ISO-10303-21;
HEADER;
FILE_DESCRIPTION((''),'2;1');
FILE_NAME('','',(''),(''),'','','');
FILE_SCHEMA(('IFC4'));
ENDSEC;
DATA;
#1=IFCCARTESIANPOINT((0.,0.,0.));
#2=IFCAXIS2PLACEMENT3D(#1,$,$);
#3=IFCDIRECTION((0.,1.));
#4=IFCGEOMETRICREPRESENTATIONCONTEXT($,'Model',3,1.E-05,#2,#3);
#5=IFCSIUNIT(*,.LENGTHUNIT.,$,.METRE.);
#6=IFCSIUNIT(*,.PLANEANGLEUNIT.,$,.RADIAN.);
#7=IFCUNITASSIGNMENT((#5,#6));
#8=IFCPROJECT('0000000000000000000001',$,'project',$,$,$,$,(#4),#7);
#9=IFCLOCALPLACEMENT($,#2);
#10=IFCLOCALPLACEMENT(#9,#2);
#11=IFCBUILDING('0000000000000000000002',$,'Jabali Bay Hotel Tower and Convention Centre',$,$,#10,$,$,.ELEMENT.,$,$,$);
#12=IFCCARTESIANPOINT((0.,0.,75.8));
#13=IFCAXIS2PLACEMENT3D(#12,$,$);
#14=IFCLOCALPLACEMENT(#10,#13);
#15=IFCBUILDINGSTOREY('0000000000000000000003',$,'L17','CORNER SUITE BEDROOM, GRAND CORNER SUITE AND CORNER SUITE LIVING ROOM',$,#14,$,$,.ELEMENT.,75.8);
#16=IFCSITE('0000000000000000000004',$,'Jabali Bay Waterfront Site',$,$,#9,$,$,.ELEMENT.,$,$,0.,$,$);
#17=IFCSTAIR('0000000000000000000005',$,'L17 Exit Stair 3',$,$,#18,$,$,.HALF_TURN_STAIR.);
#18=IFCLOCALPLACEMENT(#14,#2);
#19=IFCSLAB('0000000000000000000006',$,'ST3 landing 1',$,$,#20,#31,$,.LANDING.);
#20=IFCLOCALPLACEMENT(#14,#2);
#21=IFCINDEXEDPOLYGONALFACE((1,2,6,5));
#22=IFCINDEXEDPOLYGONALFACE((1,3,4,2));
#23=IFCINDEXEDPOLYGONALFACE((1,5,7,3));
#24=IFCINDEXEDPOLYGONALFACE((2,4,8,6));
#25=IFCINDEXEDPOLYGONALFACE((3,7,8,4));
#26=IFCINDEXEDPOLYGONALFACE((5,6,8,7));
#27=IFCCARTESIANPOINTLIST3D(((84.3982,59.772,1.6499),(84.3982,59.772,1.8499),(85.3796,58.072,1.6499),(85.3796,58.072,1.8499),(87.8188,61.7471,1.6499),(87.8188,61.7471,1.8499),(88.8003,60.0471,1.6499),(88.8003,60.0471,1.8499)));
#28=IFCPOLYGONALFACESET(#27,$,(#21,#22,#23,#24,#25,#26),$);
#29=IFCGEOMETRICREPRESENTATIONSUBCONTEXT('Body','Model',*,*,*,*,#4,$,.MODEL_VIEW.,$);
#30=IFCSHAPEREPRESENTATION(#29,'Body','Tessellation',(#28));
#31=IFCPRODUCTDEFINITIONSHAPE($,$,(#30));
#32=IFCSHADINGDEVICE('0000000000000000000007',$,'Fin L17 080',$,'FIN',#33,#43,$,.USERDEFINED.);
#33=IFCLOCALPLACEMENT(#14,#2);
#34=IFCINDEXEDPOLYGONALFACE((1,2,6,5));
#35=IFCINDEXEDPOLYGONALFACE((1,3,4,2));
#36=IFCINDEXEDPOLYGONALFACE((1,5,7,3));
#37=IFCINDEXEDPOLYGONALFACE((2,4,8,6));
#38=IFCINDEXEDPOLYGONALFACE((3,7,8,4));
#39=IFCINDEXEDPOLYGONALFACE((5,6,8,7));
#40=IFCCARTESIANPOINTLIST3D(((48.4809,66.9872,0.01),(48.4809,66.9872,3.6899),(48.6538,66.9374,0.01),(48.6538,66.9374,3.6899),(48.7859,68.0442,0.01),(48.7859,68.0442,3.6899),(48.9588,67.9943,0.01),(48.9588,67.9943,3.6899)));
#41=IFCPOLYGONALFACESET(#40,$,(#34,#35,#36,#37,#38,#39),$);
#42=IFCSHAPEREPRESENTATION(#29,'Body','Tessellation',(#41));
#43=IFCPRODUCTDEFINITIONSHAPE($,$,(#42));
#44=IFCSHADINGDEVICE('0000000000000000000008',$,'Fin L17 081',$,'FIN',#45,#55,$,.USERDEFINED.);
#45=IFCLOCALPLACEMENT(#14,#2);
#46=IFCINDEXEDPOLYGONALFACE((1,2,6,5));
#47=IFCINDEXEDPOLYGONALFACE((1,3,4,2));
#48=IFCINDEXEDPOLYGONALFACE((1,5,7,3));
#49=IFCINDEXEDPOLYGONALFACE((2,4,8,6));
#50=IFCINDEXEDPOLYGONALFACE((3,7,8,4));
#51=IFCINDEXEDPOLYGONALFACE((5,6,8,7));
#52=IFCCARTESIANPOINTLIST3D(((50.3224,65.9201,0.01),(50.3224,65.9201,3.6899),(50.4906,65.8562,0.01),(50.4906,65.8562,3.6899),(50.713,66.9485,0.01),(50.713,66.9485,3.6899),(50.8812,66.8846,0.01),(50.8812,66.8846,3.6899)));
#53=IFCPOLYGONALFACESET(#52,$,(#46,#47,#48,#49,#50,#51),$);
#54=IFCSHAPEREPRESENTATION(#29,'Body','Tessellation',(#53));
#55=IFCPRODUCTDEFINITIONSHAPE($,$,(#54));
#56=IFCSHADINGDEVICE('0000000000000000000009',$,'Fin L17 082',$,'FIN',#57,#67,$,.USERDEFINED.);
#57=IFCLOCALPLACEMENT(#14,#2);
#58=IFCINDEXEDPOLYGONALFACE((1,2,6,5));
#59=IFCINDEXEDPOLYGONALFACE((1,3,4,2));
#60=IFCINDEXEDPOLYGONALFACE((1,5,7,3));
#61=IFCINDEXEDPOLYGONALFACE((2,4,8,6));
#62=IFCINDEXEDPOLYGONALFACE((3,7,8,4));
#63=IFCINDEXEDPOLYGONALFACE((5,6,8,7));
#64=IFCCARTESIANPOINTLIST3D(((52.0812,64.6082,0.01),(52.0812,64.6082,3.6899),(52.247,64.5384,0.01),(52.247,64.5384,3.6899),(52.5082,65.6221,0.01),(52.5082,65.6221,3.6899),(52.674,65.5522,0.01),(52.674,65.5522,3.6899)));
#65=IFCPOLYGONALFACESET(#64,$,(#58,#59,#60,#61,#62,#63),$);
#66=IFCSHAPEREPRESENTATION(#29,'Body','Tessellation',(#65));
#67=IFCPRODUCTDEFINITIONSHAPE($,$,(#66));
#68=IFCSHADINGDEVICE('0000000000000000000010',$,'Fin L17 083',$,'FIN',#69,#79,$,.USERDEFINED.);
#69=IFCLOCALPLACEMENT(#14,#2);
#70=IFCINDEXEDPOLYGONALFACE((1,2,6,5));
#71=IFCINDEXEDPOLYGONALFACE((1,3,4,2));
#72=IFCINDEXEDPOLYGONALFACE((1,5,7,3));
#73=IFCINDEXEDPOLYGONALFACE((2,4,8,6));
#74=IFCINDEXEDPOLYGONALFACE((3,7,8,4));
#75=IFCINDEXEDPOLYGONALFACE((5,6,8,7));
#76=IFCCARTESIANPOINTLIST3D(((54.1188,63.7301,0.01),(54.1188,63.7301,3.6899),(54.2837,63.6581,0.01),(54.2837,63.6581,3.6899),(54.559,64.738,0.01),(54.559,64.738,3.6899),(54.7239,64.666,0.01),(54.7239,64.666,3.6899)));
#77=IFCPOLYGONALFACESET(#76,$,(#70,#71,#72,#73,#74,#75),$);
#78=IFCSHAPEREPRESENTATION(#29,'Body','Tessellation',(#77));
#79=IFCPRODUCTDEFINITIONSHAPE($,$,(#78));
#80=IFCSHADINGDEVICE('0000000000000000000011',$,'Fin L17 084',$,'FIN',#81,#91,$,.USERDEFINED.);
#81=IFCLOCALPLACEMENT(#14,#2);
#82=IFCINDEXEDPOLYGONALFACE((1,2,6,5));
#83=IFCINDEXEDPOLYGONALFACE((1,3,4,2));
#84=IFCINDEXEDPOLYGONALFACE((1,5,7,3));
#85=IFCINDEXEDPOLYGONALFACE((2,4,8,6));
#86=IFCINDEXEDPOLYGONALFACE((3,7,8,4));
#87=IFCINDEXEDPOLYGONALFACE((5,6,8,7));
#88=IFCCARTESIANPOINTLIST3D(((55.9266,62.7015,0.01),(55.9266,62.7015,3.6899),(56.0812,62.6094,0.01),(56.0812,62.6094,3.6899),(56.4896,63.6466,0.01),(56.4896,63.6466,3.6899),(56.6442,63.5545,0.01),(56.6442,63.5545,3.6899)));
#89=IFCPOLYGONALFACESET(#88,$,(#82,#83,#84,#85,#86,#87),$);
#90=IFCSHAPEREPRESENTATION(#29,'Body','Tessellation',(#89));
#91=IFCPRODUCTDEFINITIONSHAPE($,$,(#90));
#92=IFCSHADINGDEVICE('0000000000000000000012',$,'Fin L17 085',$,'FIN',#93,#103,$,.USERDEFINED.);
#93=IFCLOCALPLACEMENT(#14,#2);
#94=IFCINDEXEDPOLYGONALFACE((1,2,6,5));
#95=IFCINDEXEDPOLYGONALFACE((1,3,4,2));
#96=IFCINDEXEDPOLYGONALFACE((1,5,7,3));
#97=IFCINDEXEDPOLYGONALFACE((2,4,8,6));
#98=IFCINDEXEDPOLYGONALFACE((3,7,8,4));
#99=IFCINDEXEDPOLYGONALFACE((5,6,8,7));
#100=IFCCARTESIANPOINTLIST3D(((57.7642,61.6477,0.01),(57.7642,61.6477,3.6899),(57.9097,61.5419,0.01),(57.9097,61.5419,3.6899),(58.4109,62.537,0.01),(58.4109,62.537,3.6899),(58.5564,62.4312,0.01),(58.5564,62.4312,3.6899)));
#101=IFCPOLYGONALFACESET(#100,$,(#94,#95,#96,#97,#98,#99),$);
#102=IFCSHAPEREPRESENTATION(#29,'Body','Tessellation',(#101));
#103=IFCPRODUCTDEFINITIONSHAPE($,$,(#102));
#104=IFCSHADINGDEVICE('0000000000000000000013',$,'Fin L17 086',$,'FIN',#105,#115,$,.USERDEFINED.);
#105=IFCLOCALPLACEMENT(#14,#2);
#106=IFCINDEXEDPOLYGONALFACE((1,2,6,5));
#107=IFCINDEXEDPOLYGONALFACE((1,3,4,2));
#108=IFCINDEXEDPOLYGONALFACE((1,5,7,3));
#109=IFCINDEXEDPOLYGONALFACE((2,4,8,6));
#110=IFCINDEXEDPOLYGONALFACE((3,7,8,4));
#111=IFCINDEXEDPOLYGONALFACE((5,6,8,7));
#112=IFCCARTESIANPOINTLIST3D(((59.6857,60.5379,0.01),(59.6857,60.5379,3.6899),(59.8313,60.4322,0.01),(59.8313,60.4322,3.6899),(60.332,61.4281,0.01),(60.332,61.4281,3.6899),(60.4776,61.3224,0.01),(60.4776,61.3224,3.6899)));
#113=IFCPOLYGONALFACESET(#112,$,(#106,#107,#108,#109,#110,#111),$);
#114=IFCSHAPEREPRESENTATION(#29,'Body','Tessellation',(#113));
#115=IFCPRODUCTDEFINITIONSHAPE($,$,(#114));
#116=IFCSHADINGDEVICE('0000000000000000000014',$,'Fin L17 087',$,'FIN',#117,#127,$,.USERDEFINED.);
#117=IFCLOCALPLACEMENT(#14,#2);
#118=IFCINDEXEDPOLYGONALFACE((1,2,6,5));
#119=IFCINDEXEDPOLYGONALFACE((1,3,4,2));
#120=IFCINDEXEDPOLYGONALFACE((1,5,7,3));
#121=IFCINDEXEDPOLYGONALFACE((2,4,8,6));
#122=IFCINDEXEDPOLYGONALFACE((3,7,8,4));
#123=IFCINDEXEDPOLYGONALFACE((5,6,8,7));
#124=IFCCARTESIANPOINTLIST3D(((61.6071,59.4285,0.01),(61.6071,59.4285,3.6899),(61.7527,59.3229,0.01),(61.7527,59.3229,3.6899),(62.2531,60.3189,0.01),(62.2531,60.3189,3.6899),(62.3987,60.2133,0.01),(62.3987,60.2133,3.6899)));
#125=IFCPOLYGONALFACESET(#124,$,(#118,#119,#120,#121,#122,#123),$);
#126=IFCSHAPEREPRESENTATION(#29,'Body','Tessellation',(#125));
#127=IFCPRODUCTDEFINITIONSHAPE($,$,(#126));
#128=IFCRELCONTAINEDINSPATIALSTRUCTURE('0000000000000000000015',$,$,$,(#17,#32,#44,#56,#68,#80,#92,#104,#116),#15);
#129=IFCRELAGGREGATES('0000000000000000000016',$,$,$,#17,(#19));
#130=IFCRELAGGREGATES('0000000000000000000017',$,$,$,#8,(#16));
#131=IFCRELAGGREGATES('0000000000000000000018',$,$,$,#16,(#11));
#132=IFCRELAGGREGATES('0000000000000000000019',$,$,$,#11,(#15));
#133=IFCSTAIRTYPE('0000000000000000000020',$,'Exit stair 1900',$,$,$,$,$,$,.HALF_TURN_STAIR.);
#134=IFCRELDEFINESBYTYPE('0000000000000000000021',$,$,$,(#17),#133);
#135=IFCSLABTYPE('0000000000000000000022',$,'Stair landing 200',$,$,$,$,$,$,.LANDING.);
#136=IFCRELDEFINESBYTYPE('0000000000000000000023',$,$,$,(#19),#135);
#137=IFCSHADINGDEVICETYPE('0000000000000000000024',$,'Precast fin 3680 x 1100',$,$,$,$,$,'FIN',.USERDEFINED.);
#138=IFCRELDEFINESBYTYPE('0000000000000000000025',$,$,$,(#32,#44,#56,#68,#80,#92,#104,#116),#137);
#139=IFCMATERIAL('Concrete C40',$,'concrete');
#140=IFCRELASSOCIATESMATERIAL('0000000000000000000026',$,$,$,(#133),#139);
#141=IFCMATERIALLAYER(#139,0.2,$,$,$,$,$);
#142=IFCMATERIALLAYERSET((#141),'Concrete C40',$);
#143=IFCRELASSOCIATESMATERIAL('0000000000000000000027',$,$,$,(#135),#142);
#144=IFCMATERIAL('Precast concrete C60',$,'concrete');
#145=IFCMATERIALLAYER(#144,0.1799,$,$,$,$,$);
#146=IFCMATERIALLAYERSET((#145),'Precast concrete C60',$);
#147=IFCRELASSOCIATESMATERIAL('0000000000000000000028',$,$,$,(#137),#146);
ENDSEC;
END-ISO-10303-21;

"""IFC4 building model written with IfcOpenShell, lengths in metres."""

from ifc_helpers import new_model, si_unit, direction, frame, frame_2d, origin, place, context, subcontext, project, spatial, polyline, rectangle, outline, extrude, material, layer, layer_set, type_object, element, aggregate, save


model = new_model("IFC4")

# Units and contexts
model_context = context("Model", 3, precision=1e-05, world=origin(), true_north=direction((0.0, 1.0)))
body_context = subcontext(model_context, "Body", "Model", "MODEL_VIEW")
ifc_project = project(units=[si_unit("LENGTHUNIT", "METRE"), si_unit("PLANEANGLEUNIT", "RADIAN")], contexts=[model_context])

# Site, building, storey
site_placement = place(None, origin())
site = spatial("IfcSite", under=ifc_project, at=site_placement, Name="Jabali Bay Waterfront Site", CompositionType="ELEMENT", RefElevation=0.0)
building_placement = place(site_placement, origin())
building = spatial("IfcBuilding", under=site, at=building_placement, Name="Jabali Bay Hotel Tower and Convention Centre", CompositionType="ELEMENT")
storey_placement = place(building_placement, frame((0.0, 0.0, 75.8)))
storey = spatial("IfcBuildingStorey", under=building, at=storey_placement, Name="L17", Description="CORNER SUITE BEDROOM, GRAND CORNER SUITE AND CORNER SUITE LIVING ROOM", CompositionType="ELEMENT", Elevation=75.8)

# Shared definitions
ifc_material_1 = material(Name="Concrete C40", Category="concrete")

# Stair, slab
stair_type = type_object("IfcStairType", Name="Exit stair 1900", PredefinedType="HALF_TURN_STAIR", material=ifc_material_1)
ifc_layer_1 = layer(ifc_material_1, 0.2)
ifc_layer_set_1 = layer_set([ifc_layer_1], Name="Concrete C40")
slab_type_1 = type_object("IfcSlabType", Name="Stair landing 200", PredefinedType="LANDING", material=ifc_layer_set_1)
stair_1_placement = place(storey_placement, origin())
stair_1 = element("IfcStair", 1, at=stair_1_placement, inside=storey, type_object=stair_type, Name="L17 Exit Stair 3", PredefinedType="HALF_TURN_STAIR")
slab_1_placement = place(storey_placement, frame((0.0, 0.0, 1.6499)))
slab_1 = element("IfcSlab", 2, at=slab_1_placement, type_object=slab_type_1, Name="ST3 landing 1", PredefinedType="LANDING", context=body_context, shape_type="SweptSolid", body=[
    extrude(outline(polyline([(84.3982, 59.772), (85.3796, 58.072), (88.8003, 60.0471), (87.8188, 61.7471), (84.3982, 59.772)])), origin(), (0.0, 0.0, 1.0), 0.2),
])
aggregate(stair_1, [slab_1])

# Shading devices
ifc_material_2 = material(Name="Precast concrete C60", Category="concrete")
ifc_layer_2 = layer(ifc_material_2, 0.1799)
ifc_layer_set_2 = layer_set([ifc_layer_2], Name="Precast concrete C60")
shading_device_type = type_object("IfcShadingDeviceType", Name="Precast fin 3680 x 1100", ElementType="FIN", PredefinedType="USERDEFINED", material=ifc_layer_set_2)
for number, where, z_axis, x_axis, name in (
    (3, (48.8723, 68.0193, 0.01), (0.0, 0.0, 1.0), (-0.277212, -0.960809, 0.0), "Fin L17 080"),
    (4, (50.7971, 66.9165, 0.01), (0.0, 0.0, 1.0), (-0.355109, -0.934825, 0.0), "Fin L17 081"),
    (5, (52.5911, 65.5872, 0.01), (0.0, 0.0, 1.0), (-0.388126, -0.921606, 0.0), "Fin L17 082"),
):
    element("IfcShadingDevice", number, at=place(storey_placement, frame(where, z_axis=z_axis, x_axis=x_axis)), inside=storey, type_object=shading_device_type, Name=name, ObjectType="FIN", PredefinedType="USERDEFINED", context=body_context, shape_type="SweptSolid", body=[
        extrude(rectangle(XDim=1.1001, YDim=0.1799, at=frame_2d((0.55, 0.0))), origin(), (0.0, 0.0, 1.0), 3.6799),
    ])
shading_device_1_placement = place(storey_placement, frame((54.6414, 64.7019, 0.01), z_axis=(0.0, 0.0, 1.0), x_axis=(-0.400178, -0.916437, 0.0)))
element("IfcShadingDevice", 6, at=shading_device_1_placement, inside=storey, type_object=shading_device_type, Name="Fin L17 083", ObjectType="FIN", PredefinedType="USERDEFINED", context=body_context, shape_type="SweptSolid", body=[
    extrude(rectangle(XDim=1.0999, YDim=0.1799, at=frame_2d((0.5498, 0.0))), origin(), (0.0, 0.0, 1.0), 3.6799),
])
shading_device_2_placement = place(storey_placement, frame((56.5669, 63.6006, 0.01), z_axis=(0.0, 0.0, 1.0), x_axis=(-0.511784, -0.859114, 0.0)))
element("IfcShadingDevice", 7, at=shading_device_2_placement, inside=storey, type_object=shading_device_type, Name="Fin L17 084", ObjectType="FIN", PredefinedType="USERDEFINED", context=body_context, shape_type="SweptSolid", body=[
    extrude(rectangle(XDim=1.1001, YDim=0.1799, at=frame_2d((0.55, 0.0))), origin(), (0.0, 0.0, 1.0), 3.6799),
])
shading_device_3_placement = place(storey_placement, frame((58.4836, 62.4841, 0.01), z_axis=(0.0, 0.0, 1.0), x_axis=(-0.588106, -0.808784, 0.0)))
element("IfcShadingDevice", 8, at=shading_device_3_placement, inside=storey, type_object=shading_device_type, Name="Fin L17 085", ObjectType="FIN", PredefinedType="USERDEFINED", context=body_context, shape_type="SweptSolid", body=[
    extrude(rectangle(XDim=1.0996, YDim=0.1799, at=frame_2d((0.5498, 0.0))), origin(), (0.0, 0.0, 1.0), 3.6799),
])
for number, where, z_axis, x_axis, name in (
    (9, (60.4048, 61.3752, 0.01), (0.0, 0.0, 1.0), (-0.587498, -0.809225, 0.0), "Fin L17 086"),
    (10, (62.3259, 60.2661, 0.01), (0.0, 0.0, 1.0), (-0.587248, -0.809407, 0.0), "Fin L17 087"),
):
    element("IfcShadingDevice", number, at=place(storey_placement, frame(where, z_axis=z_axis, x_axis=x_axis)), inside=storey, type_object=shading_device_type, Name=name, ObjectType="FIN", PredefinedType="USERDEFINED", context=body_context, shape_type="SweptSolid", body=[
        extrude(rectangle(XDim=1.1001, YDim=0.1799, at=frame_2d((0.55, 0.0))), origin(), (0.0, 0.0, 1.0), 3.6799),
    ])

save(model, "model.ifc")
